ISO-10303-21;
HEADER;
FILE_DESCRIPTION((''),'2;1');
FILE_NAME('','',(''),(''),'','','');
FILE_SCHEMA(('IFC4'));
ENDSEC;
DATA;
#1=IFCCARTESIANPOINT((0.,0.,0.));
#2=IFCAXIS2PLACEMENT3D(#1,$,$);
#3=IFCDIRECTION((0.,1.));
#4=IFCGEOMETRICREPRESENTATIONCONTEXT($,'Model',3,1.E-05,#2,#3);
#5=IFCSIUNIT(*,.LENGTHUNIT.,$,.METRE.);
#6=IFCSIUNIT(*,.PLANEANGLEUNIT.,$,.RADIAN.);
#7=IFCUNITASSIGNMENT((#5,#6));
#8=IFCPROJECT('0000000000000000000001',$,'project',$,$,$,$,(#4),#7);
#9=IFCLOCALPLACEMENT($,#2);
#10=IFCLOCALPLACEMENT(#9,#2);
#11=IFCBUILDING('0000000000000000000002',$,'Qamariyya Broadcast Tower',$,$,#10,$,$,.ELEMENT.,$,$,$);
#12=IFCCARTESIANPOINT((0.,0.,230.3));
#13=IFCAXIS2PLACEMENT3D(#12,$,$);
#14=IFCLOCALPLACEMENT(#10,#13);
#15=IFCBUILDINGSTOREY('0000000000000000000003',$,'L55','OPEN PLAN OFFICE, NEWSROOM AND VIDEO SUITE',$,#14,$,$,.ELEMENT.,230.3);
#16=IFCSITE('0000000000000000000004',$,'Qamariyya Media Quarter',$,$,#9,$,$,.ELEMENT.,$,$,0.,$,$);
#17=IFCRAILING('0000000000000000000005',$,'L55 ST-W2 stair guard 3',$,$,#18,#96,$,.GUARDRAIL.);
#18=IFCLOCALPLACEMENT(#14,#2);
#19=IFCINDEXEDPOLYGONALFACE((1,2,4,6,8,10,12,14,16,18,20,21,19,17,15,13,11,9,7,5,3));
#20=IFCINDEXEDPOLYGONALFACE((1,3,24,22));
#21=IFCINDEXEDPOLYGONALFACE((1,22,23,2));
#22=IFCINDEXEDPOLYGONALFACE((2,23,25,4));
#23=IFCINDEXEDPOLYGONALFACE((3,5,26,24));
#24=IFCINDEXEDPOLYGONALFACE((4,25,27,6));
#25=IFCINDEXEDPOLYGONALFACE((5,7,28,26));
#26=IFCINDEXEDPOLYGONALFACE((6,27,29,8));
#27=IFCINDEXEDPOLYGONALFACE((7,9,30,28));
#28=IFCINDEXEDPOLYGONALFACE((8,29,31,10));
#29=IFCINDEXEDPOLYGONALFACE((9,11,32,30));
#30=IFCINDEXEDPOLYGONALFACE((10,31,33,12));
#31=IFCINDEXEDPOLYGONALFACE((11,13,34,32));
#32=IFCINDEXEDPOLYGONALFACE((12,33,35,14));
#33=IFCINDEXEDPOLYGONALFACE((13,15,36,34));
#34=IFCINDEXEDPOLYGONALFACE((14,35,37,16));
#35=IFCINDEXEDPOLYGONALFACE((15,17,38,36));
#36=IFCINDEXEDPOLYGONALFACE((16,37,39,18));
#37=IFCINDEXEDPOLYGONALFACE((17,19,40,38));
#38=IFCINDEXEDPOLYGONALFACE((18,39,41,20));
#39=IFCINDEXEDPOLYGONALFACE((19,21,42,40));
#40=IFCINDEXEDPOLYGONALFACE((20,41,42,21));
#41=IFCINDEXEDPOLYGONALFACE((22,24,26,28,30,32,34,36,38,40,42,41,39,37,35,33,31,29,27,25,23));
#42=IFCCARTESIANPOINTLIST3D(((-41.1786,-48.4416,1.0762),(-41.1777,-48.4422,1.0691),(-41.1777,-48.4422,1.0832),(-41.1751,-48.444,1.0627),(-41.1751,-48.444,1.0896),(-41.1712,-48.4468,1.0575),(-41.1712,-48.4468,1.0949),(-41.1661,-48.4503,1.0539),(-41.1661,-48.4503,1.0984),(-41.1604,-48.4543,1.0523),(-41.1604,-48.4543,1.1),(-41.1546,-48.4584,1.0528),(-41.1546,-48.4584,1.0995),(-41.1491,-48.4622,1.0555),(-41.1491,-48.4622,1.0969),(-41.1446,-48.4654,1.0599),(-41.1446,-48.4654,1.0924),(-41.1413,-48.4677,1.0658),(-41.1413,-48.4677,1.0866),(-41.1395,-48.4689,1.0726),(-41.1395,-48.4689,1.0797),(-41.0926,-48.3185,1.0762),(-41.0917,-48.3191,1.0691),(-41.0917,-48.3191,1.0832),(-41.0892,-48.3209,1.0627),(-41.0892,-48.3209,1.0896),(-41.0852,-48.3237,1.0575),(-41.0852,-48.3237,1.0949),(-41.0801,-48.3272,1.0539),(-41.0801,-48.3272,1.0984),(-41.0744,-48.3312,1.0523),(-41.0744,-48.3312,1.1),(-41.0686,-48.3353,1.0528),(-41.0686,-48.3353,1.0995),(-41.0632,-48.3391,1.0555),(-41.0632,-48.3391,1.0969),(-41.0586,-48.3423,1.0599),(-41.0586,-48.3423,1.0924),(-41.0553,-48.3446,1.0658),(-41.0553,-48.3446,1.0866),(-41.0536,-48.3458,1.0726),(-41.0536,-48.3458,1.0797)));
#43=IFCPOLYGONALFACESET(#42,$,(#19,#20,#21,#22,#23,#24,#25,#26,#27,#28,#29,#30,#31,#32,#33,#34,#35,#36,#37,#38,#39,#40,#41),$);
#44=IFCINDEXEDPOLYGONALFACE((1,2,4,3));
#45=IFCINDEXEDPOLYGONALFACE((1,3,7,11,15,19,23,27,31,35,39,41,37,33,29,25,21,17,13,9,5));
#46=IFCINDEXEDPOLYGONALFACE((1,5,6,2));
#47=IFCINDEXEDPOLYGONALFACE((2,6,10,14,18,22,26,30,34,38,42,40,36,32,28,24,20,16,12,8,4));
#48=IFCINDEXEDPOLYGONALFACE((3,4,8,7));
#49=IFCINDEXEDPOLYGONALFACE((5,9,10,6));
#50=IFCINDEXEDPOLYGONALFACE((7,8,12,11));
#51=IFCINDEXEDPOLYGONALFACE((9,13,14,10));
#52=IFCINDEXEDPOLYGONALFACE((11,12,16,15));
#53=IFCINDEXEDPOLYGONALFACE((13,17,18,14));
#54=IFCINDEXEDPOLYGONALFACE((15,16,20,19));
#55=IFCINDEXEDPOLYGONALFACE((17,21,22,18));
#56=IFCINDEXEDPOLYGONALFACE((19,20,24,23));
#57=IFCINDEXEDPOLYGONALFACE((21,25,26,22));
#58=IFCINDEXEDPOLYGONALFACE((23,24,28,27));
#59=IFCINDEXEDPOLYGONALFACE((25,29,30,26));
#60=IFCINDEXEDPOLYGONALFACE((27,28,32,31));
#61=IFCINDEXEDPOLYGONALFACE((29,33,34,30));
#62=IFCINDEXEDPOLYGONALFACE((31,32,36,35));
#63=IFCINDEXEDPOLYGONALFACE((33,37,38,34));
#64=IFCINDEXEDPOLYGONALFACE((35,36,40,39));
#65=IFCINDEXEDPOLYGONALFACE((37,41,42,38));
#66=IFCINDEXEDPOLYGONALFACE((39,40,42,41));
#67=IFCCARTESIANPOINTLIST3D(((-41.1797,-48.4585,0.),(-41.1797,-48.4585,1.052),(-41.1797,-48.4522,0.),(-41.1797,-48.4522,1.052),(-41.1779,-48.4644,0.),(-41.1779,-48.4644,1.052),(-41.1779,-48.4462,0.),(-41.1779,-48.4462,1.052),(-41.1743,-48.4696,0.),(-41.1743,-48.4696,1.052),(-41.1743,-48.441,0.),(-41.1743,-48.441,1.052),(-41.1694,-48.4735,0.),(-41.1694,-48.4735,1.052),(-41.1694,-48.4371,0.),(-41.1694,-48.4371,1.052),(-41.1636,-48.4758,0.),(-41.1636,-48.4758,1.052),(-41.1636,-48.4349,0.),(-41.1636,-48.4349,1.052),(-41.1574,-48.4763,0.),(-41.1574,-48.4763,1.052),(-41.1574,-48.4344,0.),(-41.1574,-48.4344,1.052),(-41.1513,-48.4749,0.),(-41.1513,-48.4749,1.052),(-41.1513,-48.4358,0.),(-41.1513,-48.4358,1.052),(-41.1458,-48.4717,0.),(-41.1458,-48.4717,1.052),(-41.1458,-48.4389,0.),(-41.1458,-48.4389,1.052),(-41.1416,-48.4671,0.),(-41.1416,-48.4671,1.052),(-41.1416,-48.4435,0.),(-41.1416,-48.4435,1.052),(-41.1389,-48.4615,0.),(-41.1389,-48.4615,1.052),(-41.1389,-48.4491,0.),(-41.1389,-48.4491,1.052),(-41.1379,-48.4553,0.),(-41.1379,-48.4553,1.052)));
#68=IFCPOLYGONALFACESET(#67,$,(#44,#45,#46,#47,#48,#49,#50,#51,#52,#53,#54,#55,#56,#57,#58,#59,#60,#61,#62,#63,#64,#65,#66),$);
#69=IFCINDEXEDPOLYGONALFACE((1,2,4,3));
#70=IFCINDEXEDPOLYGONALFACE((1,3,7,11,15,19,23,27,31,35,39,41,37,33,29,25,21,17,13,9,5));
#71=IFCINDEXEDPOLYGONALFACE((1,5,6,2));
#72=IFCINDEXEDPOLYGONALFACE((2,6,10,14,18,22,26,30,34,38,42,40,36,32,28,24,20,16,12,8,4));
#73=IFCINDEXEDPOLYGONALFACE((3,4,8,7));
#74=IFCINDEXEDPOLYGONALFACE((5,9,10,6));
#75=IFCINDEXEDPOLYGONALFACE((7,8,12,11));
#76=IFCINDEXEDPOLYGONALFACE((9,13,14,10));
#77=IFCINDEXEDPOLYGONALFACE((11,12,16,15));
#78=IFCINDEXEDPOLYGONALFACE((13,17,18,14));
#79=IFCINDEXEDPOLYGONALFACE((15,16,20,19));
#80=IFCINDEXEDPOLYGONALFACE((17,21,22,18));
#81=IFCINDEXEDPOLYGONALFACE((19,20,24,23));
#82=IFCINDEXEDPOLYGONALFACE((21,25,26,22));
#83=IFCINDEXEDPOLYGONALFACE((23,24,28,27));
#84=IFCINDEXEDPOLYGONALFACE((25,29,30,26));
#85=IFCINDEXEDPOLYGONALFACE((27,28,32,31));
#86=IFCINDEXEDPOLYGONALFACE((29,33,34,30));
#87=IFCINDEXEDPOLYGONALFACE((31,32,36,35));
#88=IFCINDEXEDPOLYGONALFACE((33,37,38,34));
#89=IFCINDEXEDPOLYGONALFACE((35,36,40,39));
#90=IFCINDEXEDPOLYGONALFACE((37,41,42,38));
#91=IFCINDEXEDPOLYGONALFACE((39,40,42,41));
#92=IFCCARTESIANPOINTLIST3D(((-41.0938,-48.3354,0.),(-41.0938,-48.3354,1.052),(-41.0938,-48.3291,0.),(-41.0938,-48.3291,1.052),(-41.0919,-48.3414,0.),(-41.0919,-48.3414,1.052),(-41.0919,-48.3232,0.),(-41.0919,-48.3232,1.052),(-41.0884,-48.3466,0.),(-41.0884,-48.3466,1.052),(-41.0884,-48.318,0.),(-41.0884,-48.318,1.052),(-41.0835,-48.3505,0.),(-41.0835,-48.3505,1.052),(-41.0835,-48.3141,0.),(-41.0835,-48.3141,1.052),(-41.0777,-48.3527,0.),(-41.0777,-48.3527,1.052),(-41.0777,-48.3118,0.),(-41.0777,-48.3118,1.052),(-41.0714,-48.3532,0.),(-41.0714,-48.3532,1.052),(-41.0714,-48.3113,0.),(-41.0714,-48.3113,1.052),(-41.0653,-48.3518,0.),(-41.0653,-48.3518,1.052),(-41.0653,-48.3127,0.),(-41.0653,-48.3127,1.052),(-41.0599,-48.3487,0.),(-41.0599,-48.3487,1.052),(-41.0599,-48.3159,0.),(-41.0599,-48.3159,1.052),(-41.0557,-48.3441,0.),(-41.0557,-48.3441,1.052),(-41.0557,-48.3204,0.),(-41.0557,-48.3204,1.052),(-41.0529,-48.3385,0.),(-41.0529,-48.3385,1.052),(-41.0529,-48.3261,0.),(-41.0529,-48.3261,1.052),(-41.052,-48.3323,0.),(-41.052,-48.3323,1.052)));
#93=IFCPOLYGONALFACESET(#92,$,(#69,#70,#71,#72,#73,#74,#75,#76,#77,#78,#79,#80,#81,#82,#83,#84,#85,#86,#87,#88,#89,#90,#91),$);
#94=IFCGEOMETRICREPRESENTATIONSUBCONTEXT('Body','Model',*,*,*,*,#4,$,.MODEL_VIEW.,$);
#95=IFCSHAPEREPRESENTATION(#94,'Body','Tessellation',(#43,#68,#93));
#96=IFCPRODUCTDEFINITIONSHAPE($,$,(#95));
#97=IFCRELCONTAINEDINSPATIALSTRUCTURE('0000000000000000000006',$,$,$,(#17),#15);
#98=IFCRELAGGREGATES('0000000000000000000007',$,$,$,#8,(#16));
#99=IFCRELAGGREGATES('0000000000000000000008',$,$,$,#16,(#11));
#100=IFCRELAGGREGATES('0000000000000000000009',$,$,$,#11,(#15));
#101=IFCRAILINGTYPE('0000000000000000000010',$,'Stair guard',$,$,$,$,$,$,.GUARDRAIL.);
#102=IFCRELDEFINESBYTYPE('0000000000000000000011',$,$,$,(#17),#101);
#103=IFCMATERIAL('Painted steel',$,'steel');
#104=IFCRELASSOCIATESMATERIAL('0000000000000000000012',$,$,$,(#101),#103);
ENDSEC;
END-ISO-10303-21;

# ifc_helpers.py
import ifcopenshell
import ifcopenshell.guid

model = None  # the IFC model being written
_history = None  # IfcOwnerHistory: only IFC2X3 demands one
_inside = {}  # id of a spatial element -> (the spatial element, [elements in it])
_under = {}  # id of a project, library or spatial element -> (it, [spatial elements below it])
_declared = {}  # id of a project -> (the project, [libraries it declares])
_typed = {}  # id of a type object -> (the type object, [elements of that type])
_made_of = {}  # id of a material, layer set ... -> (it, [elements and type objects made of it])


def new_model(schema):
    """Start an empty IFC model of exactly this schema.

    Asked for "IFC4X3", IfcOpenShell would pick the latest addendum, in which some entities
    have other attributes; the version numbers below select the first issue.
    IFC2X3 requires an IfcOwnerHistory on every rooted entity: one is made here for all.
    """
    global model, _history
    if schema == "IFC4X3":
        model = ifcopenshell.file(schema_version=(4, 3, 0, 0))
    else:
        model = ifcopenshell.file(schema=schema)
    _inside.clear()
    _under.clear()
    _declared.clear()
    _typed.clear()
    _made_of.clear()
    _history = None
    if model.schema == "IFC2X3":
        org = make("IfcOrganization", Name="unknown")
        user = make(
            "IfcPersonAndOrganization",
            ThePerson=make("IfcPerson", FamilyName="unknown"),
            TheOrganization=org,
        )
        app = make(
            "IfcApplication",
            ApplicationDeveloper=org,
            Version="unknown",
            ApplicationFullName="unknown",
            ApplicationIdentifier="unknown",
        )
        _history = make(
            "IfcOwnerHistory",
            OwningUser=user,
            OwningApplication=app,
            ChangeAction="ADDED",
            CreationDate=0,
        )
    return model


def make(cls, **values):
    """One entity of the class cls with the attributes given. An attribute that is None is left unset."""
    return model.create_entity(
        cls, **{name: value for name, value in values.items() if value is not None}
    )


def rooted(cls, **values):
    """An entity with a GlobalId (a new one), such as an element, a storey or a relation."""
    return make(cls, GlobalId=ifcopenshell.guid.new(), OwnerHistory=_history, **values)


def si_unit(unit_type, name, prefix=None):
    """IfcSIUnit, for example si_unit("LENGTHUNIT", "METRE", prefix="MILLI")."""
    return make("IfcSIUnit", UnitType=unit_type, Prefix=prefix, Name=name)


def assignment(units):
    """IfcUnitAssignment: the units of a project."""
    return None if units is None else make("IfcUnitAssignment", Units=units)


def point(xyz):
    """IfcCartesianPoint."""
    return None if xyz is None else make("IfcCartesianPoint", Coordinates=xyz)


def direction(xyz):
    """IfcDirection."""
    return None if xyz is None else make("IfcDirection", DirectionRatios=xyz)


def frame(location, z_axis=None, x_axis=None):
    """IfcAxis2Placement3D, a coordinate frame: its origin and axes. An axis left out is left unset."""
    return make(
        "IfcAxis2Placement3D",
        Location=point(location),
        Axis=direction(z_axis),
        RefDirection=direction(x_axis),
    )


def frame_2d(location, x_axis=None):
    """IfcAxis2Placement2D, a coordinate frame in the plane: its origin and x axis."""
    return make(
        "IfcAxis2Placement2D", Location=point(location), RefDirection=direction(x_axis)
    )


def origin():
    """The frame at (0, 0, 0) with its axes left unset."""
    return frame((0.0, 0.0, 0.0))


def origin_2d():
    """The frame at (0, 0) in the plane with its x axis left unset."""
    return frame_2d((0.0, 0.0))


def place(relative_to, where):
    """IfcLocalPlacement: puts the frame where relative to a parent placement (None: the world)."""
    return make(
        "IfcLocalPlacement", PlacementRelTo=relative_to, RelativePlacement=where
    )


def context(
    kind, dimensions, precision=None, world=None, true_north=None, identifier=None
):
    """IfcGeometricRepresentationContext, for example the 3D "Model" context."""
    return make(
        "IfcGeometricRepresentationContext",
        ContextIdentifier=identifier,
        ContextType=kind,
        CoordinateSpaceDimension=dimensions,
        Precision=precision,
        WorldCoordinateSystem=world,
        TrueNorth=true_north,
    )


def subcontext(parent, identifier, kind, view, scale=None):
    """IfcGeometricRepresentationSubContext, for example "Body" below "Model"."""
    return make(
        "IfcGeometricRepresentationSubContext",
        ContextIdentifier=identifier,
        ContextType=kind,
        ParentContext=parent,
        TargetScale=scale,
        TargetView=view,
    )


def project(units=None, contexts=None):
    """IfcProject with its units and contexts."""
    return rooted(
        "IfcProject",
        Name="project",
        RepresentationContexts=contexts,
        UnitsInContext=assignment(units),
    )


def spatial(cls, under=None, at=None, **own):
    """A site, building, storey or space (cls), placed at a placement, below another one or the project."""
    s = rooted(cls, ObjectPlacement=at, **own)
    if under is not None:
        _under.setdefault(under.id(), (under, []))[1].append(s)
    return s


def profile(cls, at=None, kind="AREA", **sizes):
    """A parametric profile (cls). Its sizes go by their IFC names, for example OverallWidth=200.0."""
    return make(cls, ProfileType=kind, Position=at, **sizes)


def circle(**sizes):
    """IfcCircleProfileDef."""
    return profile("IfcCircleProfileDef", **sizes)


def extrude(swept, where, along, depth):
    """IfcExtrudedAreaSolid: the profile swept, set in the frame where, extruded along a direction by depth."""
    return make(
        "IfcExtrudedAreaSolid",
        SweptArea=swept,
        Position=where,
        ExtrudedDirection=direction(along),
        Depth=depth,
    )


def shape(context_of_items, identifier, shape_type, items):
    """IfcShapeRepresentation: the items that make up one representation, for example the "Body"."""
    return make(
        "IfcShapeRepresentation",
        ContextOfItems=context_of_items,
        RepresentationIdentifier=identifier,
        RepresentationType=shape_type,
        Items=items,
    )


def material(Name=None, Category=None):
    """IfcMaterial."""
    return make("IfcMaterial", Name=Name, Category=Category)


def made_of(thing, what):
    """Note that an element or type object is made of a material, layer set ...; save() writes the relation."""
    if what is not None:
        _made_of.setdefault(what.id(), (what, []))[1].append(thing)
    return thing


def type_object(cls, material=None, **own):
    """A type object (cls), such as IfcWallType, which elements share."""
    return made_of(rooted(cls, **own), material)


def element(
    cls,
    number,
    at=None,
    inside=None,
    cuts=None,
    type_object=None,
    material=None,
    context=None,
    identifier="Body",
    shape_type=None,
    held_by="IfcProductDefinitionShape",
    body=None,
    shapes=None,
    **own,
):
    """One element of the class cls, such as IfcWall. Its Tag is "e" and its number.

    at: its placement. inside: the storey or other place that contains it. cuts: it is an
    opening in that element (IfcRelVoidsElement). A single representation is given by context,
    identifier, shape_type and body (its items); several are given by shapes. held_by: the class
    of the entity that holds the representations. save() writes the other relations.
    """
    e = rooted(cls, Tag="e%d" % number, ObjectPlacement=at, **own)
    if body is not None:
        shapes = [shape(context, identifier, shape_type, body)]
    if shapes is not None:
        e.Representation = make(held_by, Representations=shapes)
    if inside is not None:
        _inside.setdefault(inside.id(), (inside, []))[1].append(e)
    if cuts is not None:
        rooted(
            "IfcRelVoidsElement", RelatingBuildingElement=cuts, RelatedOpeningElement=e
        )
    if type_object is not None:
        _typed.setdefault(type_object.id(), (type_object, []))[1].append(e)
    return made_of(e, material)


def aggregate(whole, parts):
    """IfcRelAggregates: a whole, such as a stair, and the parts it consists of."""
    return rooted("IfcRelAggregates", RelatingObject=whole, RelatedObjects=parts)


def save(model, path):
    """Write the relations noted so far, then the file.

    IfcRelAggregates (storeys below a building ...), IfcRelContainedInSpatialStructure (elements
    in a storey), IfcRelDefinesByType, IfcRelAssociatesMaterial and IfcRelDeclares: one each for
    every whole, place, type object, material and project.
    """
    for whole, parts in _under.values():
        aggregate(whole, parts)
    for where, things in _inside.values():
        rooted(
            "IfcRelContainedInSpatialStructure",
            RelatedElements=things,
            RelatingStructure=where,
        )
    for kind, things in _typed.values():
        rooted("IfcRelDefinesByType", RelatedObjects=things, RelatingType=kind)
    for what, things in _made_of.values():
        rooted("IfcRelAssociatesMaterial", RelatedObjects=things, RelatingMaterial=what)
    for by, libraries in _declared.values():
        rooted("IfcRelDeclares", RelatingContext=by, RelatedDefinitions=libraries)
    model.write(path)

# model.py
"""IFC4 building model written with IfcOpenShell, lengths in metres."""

from ifc_helpers import new_model, si_unit, direction, frame, origin, origin_2d, place, context, subcontext, project, spatial, circle, extrude, material, type_object, element, save


model = new_model("IFC4")

# Units and contexts
model_context = context("Model", 3, precision=1e-05, world=origin(), true_north=direction((0.0, 1.0)))
body_context = subcontext(model_context, "Body", "Model", "MODEL_VIEW")
ifc_project = project(units=[si_unit("LENGTHUNIT", "METRE"), si_unit("PLANEANGLEUNIT", "RADIAN")], contexts=[model_context])

# Site, building, storey
site_placement = place(None, origin())
site = spatial("IfcSite", under=ifc_project, at=site_placement, Name="Qamariyya Media Quarter", CompositionType="ELEMENT", RefElevation=0.0)
building_placement = place(site_placement, origin())
building = spatial("IfcBuilding", under=site, at=building_placement, Name="Qamariyya Broadcast Tower", CompositionType="ELEMENT")
storey_placement = place(building_placement, frame((0.0, 0.0, 230.3)))
storey = spatial("IfcBuildingStorey", under=building, at=storey_placement, Name="L55", Description="OPEN PLAN OFFICE, NEWSROOM AND VIDEO SUITE", CompositionType="ELEMENT", Elevation=230.3)

# Railing
ifc_material_1 = material(Name="Painted steel", Category="steel")
railing_type_1 = type_object("IfcRailingType", Name="Stair guard", PredefinedType="GUARDRAIL", material=ifc_material_1)
railing_1_placement = place(storey_placement, frame((-41.1589, -48.4553, 0.0)))
element("IfcRailing", 1, at=railing_1_placement, inside=storey, type_object=railing_type_1, Name="L55 ST-W2 stair guard 3", PredefinedType="GUARDRAIL", context=body_context, shape_type="SweptSolid", body=[
    extrude(circle(Radius=0.0239, at=origin_2d()), frame((0.0, 0.0, 1.0762), z_axis=(0.572589, 0.819843, 0.0), x_axis=(-0.819843, 0.572589, 0.0)), (0.0, 0.0, 1.0), 0.1501),
    extrude(circle(Radius=0.021, at=origin_2d()), origin(), (0.0, 0.0, 1.0), 1.052),
    extrude(circle(Radius=0.021, at=origin_2d()), frame((0.0859, 0.123, 0.0)), (0.0, 0.0, 1.0), 1.052),
])

save(model, "model.ifc")
